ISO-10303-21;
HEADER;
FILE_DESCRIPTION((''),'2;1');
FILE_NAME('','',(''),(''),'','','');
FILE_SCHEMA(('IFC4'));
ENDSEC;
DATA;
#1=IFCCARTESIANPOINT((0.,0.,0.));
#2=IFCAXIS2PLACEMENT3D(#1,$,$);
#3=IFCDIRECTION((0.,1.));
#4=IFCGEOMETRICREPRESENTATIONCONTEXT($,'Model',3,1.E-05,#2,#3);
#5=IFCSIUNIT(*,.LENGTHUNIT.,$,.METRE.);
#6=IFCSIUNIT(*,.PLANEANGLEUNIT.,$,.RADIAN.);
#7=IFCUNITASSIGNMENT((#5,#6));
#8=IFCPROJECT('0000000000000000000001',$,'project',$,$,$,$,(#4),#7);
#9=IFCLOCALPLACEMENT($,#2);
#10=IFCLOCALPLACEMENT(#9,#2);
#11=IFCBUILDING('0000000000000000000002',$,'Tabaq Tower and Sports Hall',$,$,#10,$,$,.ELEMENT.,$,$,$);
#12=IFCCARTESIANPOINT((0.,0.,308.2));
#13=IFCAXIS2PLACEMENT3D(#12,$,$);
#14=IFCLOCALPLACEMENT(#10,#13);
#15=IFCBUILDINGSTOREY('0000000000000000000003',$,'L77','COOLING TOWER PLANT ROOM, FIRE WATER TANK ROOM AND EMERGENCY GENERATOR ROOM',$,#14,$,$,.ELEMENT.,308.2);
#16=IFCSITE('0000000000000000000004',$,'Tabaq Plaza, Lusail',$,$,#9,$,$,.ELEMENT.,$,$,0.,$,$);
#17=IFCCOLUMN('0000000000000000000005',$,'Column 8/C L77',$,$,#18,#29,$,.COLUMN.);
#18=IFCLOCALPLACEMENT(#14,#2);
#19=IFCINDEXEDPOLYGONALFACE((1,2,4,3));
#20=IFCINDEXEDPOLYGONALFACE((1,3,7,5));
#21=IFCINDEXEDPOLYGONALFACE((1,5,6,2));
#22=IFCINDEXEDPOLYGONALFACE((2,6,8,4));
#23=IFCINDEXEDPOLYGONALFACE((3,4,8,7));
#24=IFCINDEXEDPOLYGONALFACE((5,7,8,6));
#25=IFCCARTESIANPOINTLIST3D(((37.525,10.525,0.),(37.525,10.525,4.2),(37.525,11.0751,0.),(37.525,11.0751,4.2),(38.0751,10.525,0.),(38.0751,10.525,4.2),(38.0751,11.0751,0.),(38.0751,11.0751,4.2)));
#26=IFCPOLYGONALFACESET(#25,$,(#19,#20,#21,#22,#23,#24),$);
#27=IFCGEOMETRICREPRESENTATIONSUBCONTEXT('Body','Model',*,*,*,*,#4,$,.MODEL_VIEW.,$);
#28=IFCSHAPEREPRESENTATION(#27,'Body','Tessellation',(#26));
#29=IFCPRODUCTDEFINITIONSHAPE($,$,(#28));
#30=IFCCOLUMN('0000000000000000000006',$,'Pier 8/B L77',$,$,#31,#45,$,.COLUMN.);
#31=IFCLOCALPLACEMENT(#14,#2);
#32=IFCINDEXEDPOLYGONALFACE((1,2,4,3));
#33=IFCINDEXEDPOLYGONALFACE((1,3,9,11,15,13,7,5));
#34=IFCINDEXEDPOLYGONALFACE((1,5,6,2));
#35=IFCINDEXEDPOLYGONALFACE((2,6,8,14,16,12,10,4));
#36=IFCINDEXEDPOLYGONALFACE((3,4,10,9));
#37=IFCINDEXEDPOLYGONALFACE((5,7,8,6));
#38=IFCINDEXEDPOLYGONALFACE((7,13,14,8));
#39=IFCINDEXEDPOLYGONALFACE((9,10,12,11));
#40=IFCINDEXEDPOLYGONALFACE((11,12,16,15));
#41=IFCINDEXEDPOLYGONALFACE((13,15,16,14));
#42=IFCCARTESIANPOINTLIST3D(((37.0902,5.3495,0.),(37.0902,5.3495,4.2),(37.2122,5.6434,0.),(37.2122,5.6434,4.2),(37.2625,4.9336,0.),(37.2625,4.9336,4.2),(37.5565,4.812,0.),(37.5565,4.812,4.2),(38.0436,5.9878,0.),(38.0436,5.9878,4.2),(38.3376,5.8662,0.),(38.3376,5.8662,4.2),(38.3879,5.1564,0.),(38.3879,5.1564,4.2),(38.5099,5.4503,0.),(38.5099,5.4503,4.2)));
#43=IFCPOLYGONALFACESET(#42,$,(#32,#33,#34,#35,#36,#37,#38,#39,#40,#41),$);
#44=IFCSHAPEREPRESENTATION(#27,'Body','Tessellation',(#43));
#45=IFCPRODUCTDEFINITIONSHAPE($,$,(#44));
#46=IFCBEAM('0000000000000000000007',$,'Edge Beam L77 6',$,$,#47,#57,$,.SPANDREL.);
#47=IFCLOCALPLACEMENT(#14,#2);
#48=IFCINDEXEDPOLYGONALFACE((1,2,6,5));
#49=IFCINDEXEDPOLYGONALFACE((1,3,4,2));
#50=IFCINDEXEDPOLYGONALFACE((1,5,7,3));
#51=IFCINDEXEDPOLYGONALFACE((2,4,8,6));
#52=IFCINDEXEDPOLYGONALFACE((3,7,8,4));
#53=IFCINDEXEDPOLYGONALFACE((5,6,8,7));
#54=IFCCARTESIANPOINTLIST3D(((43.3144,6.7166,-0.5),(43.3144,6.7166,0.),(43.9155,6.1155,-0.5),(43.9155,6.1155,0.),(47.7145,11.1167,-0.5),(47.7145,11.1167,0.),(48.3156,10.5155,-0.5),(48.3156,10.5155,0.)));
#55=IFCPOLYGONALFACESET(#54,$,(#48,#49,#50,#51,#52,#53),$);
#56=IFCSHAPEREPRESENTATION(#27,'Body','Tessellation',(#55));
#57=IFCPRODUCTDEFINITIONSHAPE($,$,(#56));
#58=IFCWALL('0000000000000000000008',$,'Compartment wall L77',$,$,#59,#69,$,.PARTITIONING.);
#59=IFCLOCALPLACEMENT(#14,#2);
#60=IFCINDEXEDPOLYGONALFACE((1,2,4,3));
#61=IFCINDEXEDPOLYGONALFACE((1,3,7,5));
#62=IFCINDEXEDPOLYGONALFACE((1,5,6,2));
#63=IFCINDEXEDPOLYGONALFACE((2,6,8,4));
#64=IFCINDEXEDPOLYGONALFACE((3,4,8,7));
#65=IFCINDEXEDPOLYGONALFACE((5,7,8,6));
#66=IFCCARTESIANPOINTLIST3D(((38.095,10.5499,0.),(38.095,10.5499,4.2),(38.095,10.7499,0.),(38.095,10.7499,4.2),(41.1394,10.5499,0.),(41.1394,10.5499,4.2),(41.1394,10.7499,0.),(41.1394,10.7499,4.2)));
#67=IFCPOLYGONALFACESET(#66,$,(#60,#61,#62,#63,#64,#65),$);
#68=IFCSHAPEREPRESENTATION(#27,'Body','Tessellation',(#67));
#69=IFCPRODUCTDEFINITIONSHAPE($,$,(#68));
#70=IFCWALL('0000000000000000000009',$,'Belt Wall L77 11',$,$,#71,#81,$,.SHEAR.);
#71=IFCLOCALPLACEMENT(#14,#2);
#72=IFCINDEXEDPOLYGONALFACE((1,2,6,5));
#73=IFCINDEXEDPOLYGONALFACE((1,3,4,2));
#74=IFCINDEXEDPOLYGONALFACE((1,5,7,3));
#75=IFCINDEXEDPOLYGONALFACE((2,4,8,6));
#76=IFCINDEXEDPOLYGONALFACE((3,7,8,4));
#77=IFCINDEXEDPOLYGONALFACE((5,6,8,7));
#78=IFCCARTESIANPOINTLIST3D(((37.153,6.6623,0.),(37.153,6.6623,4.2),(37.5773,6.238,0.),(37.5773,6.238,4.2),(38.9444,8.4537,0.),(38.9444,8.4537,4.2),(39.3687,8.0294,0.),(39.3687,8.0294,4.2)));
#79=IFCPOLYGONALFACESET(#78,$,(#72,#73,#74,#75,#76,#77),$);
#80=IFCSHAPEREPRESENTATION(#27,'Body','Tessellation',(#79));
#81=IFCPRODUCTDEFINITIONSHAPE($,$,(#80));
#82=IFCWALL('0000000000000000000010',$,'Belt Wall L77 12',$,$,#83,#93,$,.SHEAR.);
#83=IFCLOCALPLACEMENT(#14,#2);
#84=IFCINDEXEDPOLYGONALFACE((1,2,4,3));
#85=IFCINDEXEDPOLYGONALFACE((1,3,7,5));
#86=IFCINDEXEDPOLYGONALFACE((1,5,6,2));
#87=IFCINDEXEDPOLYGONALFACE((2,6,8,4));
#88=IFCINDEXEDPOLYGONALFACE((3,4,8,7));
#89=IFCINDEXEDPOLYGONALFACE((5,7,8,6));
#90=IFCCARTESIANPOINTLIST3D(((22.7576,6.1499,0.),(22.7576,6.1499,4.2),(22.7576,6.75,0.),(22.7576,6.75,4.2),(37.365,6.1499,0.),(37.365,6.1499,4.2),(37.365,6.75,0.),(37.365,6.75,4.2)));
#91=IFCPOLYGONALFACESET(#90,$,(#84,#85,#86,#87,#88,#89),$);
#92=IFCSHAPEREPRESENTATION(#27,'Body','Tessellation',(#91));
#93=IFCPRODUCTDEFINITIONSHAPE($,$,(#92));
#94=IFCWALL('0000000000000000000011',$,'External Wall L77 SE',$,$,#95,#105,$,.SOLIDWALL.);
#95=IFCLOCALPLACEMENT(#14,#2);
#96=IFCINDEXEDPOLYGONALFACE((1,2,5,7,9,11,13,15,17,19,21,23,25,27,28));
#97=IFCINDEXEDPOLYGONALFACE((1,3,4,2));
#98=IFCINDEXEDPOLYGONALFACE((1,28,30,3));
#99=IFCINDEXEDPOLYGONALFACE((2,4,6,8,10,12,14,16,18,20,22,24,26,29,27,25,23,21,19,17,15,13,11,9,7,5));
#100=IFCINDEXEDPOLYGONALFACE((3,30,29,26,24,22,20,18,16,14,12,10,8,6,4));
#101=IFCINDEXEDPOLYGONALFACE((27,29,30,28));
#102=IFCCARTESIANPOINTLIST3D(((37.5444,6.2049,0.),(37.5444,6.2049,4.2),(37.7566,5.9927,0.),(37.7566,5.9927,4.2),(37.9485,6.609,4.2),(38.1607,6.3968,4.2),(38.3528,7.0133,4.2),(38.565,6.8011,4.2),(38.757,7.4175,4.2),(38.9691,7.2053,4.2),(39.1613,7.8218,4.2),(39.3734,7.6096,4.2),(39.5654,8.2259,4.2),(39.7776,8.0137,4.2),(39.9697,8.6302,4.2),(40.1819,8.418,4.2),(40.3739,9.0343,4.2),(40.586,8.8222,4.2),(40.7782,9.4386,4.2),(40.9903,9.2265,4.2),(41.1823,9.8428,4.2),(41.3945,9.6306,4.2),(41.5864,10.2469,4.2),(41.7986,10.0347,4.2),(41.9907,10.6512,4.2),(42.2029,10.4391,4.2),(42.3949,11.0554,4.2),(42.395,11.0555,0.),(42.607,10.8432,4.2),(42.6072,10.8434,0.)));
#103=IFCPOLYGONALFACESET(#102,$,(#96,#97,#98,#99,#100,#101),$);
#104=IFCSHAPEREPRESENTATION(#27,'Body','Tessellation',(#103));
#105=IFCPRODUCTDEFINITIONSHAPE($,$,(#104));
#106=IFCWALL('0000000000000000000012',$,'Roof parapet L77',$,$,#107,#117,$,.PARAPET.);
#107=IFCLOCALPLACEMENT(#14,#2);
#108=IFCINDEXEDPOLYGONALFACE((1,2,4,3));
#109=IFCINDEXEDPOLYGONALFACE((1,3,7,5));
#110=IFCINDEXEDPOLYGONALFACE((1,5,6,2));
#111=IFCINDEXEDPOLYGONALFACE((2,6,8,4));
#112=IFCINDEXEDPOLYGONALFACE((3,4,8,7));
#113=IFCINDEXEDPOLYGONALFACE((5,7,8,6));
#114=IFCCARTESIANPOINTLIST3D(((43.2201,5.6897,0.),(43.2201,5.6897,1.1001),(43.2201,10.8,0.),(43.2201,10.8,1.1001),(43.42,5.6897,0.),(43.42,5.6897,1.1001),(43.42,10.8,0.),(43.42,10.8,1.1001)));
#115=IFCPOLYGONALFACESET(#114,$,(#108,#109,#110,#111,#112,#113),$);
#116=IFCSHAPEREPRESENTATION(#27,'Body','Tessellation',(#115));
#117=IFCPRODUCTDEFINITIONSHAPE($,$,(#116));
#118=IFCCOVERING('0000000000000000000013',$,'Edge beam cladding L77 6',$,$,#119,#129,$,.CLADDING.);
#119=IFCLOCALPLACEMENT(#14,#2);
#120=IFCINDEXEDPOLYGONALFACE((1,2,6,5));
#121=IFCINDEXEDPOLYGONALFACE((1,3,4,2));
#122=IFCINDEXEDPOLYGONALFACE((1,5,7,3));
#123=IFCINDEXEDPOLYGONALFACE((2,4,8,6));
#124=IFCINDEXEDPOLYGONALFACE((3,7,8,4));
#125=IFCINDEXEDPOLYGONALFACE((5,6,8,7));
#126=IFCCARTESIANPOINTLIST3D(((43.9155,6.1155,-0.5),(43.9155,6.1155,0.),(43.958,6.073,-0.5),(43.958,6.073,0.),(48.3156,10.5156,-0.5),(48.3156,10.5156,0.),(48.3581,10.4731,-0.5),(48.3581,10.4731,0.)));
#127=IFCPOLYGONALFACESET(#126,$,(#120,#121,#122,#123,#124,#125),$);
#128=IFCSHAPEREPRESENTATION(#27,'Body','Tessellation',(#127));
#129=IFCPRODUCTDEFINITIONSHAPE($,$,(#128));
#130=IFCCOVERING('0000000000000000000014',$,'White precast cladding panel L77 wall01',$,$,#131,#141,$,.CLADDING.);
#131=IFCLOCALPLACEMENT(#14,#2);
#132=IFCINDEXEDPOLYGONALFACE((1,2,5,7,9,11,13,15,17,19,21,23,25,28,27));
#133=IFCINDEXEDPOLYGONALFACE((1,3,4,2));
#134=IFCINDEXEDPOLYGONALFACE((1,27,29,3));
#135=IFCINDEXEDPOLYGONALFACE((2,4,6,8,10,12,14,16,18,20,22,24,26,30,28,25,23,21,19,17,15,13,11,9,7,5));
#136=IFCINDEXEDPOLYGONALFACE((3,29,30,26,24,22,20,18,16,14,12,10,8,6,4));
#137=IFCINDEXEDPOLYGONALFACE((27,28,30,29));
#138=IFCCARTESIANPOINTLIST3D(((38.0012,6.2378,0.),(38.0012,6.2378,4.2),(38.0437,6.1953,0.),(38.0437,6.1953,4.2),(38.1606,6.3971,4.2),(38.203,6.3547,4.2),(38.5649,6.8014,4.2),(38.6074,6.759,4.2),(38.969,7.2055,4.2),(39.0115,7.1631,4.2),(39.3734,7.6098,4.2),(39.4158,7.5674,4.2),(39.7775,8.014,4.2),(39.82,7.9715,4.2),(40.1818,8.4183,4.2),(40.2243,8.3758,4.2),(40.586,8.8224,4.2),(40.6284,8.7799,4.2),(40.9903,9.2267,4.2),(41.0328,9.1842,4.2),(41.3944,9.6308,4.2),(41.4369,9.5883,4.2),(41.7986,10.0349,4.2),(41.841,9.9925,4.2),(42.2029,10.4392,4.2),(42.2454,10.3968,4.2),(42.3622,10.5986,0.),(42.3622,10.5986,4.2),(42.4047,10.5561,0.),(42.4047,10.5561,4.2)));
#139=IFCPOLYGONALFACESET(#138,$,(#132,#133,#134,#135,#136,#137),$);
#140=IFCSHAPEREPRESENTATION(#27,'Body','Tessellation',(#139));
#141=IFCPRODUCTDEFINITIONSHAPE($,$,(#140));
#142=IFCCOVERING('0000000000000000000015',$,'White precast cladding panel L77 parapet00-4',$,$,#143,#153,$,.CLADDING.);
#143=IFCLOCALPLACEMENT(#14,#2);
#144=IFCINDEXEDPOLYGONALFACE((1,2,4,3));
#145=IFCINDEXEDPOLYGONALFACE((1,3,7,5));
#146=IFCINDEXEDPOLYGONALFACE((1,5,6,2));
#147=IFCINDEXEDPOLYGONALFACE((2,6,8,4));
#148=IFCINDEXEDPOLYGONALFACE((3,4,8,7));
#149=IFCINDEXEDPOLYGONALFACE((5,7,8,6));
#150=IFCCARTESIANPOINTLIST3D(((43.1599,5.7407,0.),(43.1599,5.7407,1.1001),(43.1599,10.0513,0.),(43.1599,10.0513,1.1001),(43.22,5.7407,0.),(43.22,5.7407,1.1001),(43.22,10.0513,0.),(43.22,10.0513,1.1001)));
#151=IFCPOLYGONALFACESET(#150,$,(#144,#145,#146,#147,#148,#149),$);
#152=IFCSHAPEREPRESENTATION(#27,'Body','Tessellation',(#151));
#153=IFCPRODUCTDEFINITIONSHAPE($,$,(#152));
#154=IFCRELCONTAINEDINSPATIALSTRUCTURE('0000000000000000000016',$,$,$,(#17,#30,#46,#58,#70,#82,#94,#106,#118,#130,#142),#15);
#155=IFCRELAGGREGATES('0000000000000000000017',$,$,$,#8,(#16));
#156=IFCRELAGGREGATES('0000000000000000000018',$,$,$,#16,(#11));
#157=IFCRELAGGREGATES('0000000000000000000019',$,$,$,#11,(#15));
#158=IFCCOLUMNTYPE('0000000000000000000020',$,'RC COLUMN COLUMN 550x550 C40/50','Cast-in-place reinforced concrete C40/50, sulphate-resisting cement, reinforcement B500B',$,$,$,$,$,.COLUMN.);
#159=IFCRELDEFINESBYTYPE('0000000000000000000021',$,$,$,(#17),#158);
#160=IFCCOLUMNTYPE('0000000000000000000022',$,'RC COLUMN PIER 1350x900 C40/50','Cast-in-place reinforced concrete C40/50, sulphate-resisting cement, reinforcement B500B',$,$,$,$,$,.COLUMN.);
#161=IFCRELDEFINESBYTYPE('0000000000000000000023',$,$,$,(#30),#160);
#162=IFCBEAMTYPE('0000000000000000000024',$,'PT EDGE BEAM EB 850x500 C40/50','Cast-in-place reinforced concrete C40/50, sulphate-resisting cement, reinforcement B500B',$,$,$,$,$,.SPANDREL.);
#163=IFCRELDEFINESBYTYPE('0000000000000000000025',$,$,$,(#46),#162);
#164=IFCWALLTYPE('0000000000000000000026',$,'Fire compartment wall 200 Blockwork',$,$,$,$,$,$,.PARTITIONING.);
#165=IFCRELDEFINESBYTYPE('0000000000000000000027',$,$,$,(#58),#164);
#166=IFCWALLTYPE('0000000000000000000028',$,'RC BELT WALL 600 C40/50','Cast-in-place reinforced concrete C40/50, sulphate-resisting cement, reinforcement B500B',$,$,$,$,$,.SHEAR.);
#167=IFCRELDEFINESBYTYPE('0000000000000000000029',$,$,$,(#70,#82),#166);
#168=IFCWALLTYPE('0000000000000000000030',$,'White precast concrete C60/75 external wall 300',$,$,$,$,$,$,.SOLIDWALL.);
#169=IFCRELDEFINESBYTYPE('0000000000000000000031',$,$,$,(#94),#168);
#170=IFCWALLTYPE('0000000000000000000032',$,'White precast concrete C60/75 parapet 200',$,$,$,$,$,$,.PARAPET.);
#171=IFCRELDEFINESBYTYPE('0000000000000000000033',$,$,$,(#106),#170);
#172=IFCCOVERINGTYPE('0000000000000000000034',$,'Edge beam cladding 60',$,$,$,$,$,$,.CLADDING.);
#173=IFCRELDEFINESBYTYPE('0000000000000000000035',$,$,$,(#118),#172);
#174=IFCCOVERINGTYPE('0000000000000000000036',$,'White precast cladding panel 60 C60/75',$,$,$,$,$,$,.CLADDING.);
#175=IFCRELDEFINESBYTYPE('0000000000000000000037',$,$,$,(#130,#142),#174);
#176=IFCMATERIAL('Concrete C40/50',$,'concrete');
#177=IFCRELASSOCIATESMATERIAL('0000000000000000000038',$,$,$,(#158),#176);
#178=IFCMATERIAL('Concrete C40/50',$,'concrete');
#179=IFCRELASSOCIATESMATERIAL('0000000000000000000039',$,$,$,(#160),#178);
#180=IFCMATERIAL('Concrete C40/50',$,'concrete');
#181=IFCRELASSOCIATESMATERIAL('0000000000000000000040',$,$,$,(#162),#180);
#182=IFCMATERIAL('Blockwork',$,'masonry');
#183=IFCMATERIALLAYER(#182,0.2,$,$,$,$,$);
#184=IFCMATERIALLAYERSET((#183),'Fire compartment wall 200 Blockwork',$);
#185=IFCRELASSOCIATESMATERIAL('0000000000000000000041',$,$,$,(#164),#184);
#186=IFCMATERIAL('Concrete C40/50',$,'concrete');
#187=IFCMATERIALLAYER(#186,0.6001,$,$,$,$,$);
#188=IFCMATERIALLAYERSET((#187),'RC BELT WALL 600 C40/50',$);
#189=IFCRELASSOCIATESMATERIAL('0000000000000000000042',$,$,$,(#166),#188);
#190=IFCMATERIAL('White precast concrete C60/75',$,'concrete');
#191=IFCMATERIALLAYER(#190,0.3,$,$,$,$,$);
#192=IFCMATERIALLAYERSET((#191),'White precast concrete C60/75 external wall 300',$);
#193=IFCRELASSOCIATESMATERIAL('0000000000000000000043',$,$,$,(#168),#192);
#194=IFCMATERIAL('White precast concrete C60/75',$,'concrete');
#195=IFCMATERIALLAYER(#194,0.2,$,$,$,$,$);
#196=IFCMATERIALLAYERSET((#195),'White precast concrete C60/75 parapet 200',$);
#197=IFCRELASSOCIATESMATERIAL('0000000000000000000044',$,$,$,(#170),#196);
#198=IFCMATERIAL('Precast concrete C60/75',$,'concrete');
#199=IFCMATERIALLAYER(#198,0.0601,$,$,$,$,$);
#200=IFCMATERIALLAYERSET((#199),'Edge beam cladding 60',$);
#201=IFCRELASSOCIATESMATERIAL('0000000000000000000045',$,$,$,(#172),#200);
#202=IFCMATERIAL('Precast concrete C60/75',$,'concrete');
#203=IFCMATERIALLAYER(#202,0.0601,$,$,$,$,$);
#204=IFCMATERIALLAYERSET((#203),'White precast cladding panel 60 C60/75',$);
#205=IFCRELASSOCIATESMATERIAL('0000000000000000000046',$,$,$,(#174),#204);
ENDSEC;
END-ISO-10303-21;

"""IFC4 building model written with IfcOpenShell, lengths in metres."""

from ifc_helpers import new_model, si_unit, direction, frame, frame_2d, origin, origin_2d, place, context, subcontext, project, spatial, polyline, rectangle, outline, extrude, material, layer, layer_set, material_profile, profile_set, type_object, element, save


model = new_model("IFC4")

# Units and contexts
model_context = context("Model", 3, precision=1e-05, world=origin(), true_north=direction((0.0, 1.0)))
body_context = subcontext(model_context, "Body", "Model", "MODEL_VIEW")
ifc_project = project(units=[si_unit("LENGTHUNIT", "METRE"), si_unit("PLANEANGLEUNIT", "RADIAN")], contexts=[model_context])

# Site, building, storey
site_placement = place(None, origin())
site = spatial("IfcSite", under=ifc_project, at=site_placement, Name="Tabaq Plaza, Lusail", CompositionType="ELEMENT", RefElevation=0.0)
building_placement = place(site_placement, origin())
building = spatial("IfcBuilding", under=site, at=building_placement, Name="Tabaq Tower and Sports Hall", CompositionType="ELEMENT")
storey_placement = place(building_placement, frame((0.0, 0.0, 308.2)))
storey = spatial("IfcBuildingStorey", under=building, at=storey_placement, Name="L77", Description="COOLING TOWER PLANT ROOM, FIRE WATER TANK ROOM AND EMERGENCY GENERATOR ROOM", CompositionType="ELEMENT", Elevation=308.2)

# Columns
ifc_material_1 = material(Name="Concrete C40/50", Category="concrete")
ifc_material_profile_1 = material_profile(ifc_material_1, rectangle(XDim=0.55, YDim=0.55, at=origin_2d()), Name="COLUMN 550x550")
ifc_profile_set_1 = profile_set([ifc_material_profile_1], Name="Concrete C40/50")
column_type_1 = type_object("IfcColumnType", Name="RC COLUMN COLUMN 550x550 C40/50", Description="Cast-in-place reinforced concrete C40/50, sulphate-resisting cement, reinforcement B500B", PredefinedType="COLUMN", material=ifc_profile_set_1)
column_1_placement = place(storey_placement, frame((37.8, 10.8, 0.0), z_axis=(0.0, 0.0, 1.0), x_axis=(1.0, 0.0, 0.0)))
element("IfcColumn", 1, at=column_1_placement, inside=storey, type_object=column_type_1, Name="Column 8/C L77", PredefinedType="COLUMN", context=body_context, shape_type="SweptSolid", body=[
    extrude(rectangle(XDim=0.55, YDim=0.55, at=origin_2d()), origin(), (0.0, 0.0, 1.0), 4.2),
])
ifc_material_2 = material(Name="Concrete C40/50", Category="concrete")
ifc_material_profile_2 = material_profile(ifc_material_2, outline(polyline([(-0.45, -0.45), (0.45, -0.45), (0.675, -0.2251), (0.675, 0.2251), (0.45, 0.45), (-0.45, 0.45), (-0.675, 0.2251), (-0.675, -0.2251), (-0.45, -0.45)])), Name="PIER 1350x900")
ifc_profile_set_2 = profile_set([ifc_material_profile_2], Name="Concrete C40/50")
column_type_2 = type_object("IfcColumnType", Name="RC COLUMN PIER 1350x900 C40/50", Description="Cast-in-place reinforced concrete C40/50, sulphate-resisting cement, reinforcement B500B", PredefinedType="COLUMN", material=ifc_profile_set_2)
column_2_placement = place(storey_placement, frame((37.8, 5.3999, 0.0), z_axis=(0.0, 0.0, 1.0), x_axis=(0.92388, 0.382683, 0.0)))
element("IfcColumn", 2, at=column_2_placement, inside=storey, type_object=column_type_2, Name="Pier 8/B L77", PredefinedType="COLUMN", context=body_context, shape_type="SweptSolid", body=[
    extrude(outline(polyline([(-0.45, -0.45), (0.45, -0.45), (0.675, -0.2251), (0.675, 0.2251), (0.45, 0.45), (-0.45, 0.45), (-0.675, 0.2251), (-0.675, -0.2251), (-0.45, -0.45)])), origin(), (0.0, 0.0, 1.0), 4.2),
])

# Beam
ifc_material_3 = material(Name="Concrete C40/50", Category="concrete")
ifc_material_profile_3 = material_profile(ifc_material_3, rectangle(XDim=0.8501, YDim=0.5, at=origin_2d()), Name="EB 850x500")
ifc_profile_set_3 = profile_set([ifc_material_profile_3], Name="Concrete C40/50")
beam_type = type_object("IfcBeamType", Name="PT EDGE BEAM EB 850x500 C40/50", Description="Cast-in-place reinforced concrete C40/50, sulphate-resisting cement, reinforcement B500B", PredefinedType="SPANDREL", material=ifc_profile_set_3)
beam_placement = place(storey_placement, frame((43.615, 6.416, -0.25), z_axis=(0.707107, 0.707107, 0.0), x_axis=(-0.707107, 0.707107, 0.0)))
element("IfcBeam", 3, at=beam_placement, inside=storey, type_object=beam_type, Name="Edge Beam L77 6", PredefinedType="SPANDREL", context=body_context, shape_type="SweptSolid", body=[
    extrude(rectangle(XDim=0.8501, YDim=0.5, at=origin_2d()), origin(), (0.0, 0.0, 1.0), 6.2227),
])

# Shared definitions
ifc_material_4 = material(Name="Blockwork", Category="masonry")
ifc_layer_1 = layer(ifc_material_4, 0.2)
ifc_layer_set_1 = layer_set([ifc_layer_1], Name="Fire compartment wall 200 Blockwork")
wall_type_1 = type_object("IfcWallType", Name="Fire compartment wall 200 Blockwork", PredefinedType="PARTITIONING", material=ifc_layer_set_1)

# Walls
wall_1_placement = place(storey_placement, frame((38.095, 10.6499, 0.0), z_axis=(0.0, 0.0, 1.0), x_axis=(1.0, 0.0, 0.0)))
element("IfcWall", 4, at=wall_1_placement, inside=storey, type_object=wall_type_1, Name="Compartment wall L77", PredefinedType="PARTITIONING", context=body_context, shape_type="SweptSolid", body=[
    extrude(rectangle(XDim=3.0444, YDim=0.2, at=frame_2d((1.5222, 0.0))), origin(), (0.0, 0.0, 1.0), 4.2),
])
ifc_material_5 = material(Name="Concrete C40/50", Category="concrete")
ifc_layer_2 = layer(ifc_material_5, 0.6001)
ifc_layer_set_2 = layer_set([ifc_layer_2], Name="RC BELT WALL 600 C40/50")
wall_type_2 = type_object("IfcWallType", Name="RC BELT WALL 600 C40/50", Description="Cast-in-place reinforced concrete C40/50, sulphate-resisting cement, reinforcement B500B", PredefinedType="SHEAR", material=ifc_layer_set_2)
wall_2_placement = place(storey_placement, frame((39.1565, 8.2415, 0.0), z_axis=(0.0, 0.0, 1.0), x_axis=(-0.707107, -0.707107, 0.0)))
element("IfcWall", 5, at=wall_2_placement, inside=storey, type_object=wall_type_2, Name="Belt Wall L77 11", PredefinedType="SHEAR", context=body_context, shape_type="SweptSolid", body=[
    extrude(rectangle(XDim=2.5334, YDim=0.6001, at=frame_2d((1.2666, 0.0))), origin(), (0.0, 0.0, 1.0), 4.2),
])
wall_3_placement = place(storey_placement, frame((37.365, 6.45, 0.0), z_axis=(0.0, 0.0, 1.0), x_axis=(-1.0, 0.0, 0.0)))
element("IfcWall", 6, at=wall_3_placement, inside=storey, type_object=wall_type_2, Name="Belt Wall L77 12", PredefinedType="SHEAR", context=body_context, shape_type="SweptSolid", body=[
    extrude(rectangle(XDim=14.6074, YDim=0.6001, at=frame_2d((7.3037, 0.0))), origin(), (0.0, 0.0, 1.0), 4.2),
])
ifc_material_6 = material(Name="White precast concrete C60/75", Category="concrete")
ifc_layer_3 = layer(ifc_material_6, 0.3)
ifc_layer_set_3 = layer_set([ifc_layer_3], Name="White precast concrete C60/75 external wall 300")
wall_type_3 = type_object("IfcWallType", Name="White precast concrete C60/75 external wall 300", PredefinedType="SOLIDWALL", material=ifc_layer_set_3)
wall_4_placement = place(storey_placement, frame((37.6504, 6.0989, 0.0), z_axis=(0.0, 0.0, 1.0), x_axis=(0.707107, 0.707107, 0.0)))
element("IfcWall", 7, at=wall_4_placement, inside=storey, type_object=wall_type_3, Name="External Wall L77 SE", PredefinedType="SOLIDWALL", context=body_context, shape_type="SweptSolid", body=[
    extrude(outline(polyline([(0.0, 0.0), (6.8599, 0.0), (6.8596, 4.2), (6.2881, 4.2), (5.7163, 4.2), (5.1448, 4.2), (4.5732, 4.2), (4.0015, 4.2), (3.4299, 4.2), (2.8582, 4.2), (2.2866, 4.2), (1.7148, 4.2), (1.1433, 4.2), (0.5715, 4.2), (0.0, 4.2), (0.0, 0.0)])), frame((0.0, 0.1499, 0.0), z_axis=(0.0, -1.0, 0.0), x_axis=(1.0, 0.0, 0.0)), (0.0, 0.0, 1.0), 0.3),
])
ifc_material_7 = material(Name="White precast concrete C60/75", Category="concrete")
ifc_layer_4 = layer(ifc_material_7, 0.2)
ifc_layer_set_4 = layer_set([ifc_layer_4], Name="White precast concrete C60/75 parapet 200")
wall_type_4 = type_object("IfcWallType", Name="White precast concrete C60/75 parapet 200", PredefinedType="PARAPET", material=ifc_layer_set_4)
wall_5_placement = place(storey_placement, frame((43.3201, 5.6897, 0.0), z_axis=(0.0, 0.0, 1.0), x_axis=(0.0, 1.0, 0.0)))
element("IfcWall", 8, at=wall_5_placement, inside=storey, type_object=wall_type_4, Name="Roof parapet L77", PredefinedType="PARAPET", context=body_context, shape_type="SweptSolid", body=[
    extrude(rectangle(XDim=5.1104, YDim=0.2, at=frame_2d((2.5552, 0.0))), origin(), (0.0, 0.0, 1.0), 1.1001),
])

# Coverings
ifc_material_8 = material(Name="Precast concrete C60/75", Category="concrete")
ifc_layer_5 = layer(ifc_material_8, 0.0601)
ifc_layer_set_5 = layer_set([ifc_layer_5], Name="Edge beam cladding 60")
covering_type_1 = type_object("IfcCoveringType", Name="Edge beam cladding 60", PredefinedType="CLADDING", material=ifc_layer_set_5)
covering_1_placement = place(storey_placement, frame((43.9368, 6.0942, -0.5), z_axis=(0.0, 0.0, 1.0), x_axis=(0.707107, 0.707107, 0.0)))
element("IfcCovering", 9, at=covering_1_placement, inside=storey, type_object=covering_type_1, Name="Edge beam cladding L77 6", PredefinedType="CLADDING", context=body_context, shape_type="SweptSolid", body=[
    extrude(rectangle(XDim=6.2227, YDim=0.0601, at=frame_2d((3.1113, 0.0))), origin(), (0.0, 0.0, 1.0), 0.5),
])
ifc_material_9 = material(Name="Precast concrete C60/75", Category="concrete")
ifc_layer_6 = layer(ifc_material_9, 0.0601)
ifc_layer_set_6 = layer_set([ifc_layer_6], Name="White precast cladding panel 60 C60/75")
covering_type_2 = type_object("IfcCoveringType", Name="White precast cladding panel 60 C60/75", PredefinedType="CLADDING", material=ifc_layer_set_6)
covering_2_placement = place(storey_placement, frame((38.0225, 6.2166, 0.0), z_axis=(0.0, 0.0, 1.0), x_axis=(0.707127, 0.707087, 0.0)))
element("IfcCovering", 10, at=covering_2_placement, inside=storey, type_object=covering_type_2, Name="White precast cladding panel L77 wall01", PredefinedType="CLADDING", context=body_context, shape_type="SweptSolid", body=[
    extrude(outline(polyline([(0.0, 0.0), (6.1672, 0.0), (6.1672, 4.2), (5.9419, 4.2), (5.3701, 4.2), (4.7986, 4.2), (4.2271, 4.2), (3.6553, 4.2), (3.0837, 4.2), (2.512, 4.2), (1.9404, 4.2), (1.3687, 4.2), (0.7971, 4.2), (0.2253, 4.2), (0.0, 4.2), (0.0, 0.0)])), frame((0.0, 0.03, 0.0), z_axis=(0.0, -1.0, 0.0), x_axis=(1.0, 0.0, 0.0)), (0.0, 0.0, 1.0), 0.0601),
])
covering_3_placement = place(storey_placement, frame((43.1899, 5.7407, 0.0), z_axis=(0.0, 0.0, 1.0), x_axis=(0.0, 1.0, 0.0)))
element("IfcCovering", 11, at=covering_3_placement, inside=storey, type_object=covering_type_2, Name="White precast cladding panel L77 parapet00-4", PredefinedType="CLADDING", context=body_context, shape_type="SweptSolid", body=[
    extrude(rectangle(XDim=4.3105, YDim=0.0601, at=frame_2d((2.1553, 0.0))), origin(), (0.0, 0.0, 1.0), 1.1001),
])

save(model, "model.ifc")
